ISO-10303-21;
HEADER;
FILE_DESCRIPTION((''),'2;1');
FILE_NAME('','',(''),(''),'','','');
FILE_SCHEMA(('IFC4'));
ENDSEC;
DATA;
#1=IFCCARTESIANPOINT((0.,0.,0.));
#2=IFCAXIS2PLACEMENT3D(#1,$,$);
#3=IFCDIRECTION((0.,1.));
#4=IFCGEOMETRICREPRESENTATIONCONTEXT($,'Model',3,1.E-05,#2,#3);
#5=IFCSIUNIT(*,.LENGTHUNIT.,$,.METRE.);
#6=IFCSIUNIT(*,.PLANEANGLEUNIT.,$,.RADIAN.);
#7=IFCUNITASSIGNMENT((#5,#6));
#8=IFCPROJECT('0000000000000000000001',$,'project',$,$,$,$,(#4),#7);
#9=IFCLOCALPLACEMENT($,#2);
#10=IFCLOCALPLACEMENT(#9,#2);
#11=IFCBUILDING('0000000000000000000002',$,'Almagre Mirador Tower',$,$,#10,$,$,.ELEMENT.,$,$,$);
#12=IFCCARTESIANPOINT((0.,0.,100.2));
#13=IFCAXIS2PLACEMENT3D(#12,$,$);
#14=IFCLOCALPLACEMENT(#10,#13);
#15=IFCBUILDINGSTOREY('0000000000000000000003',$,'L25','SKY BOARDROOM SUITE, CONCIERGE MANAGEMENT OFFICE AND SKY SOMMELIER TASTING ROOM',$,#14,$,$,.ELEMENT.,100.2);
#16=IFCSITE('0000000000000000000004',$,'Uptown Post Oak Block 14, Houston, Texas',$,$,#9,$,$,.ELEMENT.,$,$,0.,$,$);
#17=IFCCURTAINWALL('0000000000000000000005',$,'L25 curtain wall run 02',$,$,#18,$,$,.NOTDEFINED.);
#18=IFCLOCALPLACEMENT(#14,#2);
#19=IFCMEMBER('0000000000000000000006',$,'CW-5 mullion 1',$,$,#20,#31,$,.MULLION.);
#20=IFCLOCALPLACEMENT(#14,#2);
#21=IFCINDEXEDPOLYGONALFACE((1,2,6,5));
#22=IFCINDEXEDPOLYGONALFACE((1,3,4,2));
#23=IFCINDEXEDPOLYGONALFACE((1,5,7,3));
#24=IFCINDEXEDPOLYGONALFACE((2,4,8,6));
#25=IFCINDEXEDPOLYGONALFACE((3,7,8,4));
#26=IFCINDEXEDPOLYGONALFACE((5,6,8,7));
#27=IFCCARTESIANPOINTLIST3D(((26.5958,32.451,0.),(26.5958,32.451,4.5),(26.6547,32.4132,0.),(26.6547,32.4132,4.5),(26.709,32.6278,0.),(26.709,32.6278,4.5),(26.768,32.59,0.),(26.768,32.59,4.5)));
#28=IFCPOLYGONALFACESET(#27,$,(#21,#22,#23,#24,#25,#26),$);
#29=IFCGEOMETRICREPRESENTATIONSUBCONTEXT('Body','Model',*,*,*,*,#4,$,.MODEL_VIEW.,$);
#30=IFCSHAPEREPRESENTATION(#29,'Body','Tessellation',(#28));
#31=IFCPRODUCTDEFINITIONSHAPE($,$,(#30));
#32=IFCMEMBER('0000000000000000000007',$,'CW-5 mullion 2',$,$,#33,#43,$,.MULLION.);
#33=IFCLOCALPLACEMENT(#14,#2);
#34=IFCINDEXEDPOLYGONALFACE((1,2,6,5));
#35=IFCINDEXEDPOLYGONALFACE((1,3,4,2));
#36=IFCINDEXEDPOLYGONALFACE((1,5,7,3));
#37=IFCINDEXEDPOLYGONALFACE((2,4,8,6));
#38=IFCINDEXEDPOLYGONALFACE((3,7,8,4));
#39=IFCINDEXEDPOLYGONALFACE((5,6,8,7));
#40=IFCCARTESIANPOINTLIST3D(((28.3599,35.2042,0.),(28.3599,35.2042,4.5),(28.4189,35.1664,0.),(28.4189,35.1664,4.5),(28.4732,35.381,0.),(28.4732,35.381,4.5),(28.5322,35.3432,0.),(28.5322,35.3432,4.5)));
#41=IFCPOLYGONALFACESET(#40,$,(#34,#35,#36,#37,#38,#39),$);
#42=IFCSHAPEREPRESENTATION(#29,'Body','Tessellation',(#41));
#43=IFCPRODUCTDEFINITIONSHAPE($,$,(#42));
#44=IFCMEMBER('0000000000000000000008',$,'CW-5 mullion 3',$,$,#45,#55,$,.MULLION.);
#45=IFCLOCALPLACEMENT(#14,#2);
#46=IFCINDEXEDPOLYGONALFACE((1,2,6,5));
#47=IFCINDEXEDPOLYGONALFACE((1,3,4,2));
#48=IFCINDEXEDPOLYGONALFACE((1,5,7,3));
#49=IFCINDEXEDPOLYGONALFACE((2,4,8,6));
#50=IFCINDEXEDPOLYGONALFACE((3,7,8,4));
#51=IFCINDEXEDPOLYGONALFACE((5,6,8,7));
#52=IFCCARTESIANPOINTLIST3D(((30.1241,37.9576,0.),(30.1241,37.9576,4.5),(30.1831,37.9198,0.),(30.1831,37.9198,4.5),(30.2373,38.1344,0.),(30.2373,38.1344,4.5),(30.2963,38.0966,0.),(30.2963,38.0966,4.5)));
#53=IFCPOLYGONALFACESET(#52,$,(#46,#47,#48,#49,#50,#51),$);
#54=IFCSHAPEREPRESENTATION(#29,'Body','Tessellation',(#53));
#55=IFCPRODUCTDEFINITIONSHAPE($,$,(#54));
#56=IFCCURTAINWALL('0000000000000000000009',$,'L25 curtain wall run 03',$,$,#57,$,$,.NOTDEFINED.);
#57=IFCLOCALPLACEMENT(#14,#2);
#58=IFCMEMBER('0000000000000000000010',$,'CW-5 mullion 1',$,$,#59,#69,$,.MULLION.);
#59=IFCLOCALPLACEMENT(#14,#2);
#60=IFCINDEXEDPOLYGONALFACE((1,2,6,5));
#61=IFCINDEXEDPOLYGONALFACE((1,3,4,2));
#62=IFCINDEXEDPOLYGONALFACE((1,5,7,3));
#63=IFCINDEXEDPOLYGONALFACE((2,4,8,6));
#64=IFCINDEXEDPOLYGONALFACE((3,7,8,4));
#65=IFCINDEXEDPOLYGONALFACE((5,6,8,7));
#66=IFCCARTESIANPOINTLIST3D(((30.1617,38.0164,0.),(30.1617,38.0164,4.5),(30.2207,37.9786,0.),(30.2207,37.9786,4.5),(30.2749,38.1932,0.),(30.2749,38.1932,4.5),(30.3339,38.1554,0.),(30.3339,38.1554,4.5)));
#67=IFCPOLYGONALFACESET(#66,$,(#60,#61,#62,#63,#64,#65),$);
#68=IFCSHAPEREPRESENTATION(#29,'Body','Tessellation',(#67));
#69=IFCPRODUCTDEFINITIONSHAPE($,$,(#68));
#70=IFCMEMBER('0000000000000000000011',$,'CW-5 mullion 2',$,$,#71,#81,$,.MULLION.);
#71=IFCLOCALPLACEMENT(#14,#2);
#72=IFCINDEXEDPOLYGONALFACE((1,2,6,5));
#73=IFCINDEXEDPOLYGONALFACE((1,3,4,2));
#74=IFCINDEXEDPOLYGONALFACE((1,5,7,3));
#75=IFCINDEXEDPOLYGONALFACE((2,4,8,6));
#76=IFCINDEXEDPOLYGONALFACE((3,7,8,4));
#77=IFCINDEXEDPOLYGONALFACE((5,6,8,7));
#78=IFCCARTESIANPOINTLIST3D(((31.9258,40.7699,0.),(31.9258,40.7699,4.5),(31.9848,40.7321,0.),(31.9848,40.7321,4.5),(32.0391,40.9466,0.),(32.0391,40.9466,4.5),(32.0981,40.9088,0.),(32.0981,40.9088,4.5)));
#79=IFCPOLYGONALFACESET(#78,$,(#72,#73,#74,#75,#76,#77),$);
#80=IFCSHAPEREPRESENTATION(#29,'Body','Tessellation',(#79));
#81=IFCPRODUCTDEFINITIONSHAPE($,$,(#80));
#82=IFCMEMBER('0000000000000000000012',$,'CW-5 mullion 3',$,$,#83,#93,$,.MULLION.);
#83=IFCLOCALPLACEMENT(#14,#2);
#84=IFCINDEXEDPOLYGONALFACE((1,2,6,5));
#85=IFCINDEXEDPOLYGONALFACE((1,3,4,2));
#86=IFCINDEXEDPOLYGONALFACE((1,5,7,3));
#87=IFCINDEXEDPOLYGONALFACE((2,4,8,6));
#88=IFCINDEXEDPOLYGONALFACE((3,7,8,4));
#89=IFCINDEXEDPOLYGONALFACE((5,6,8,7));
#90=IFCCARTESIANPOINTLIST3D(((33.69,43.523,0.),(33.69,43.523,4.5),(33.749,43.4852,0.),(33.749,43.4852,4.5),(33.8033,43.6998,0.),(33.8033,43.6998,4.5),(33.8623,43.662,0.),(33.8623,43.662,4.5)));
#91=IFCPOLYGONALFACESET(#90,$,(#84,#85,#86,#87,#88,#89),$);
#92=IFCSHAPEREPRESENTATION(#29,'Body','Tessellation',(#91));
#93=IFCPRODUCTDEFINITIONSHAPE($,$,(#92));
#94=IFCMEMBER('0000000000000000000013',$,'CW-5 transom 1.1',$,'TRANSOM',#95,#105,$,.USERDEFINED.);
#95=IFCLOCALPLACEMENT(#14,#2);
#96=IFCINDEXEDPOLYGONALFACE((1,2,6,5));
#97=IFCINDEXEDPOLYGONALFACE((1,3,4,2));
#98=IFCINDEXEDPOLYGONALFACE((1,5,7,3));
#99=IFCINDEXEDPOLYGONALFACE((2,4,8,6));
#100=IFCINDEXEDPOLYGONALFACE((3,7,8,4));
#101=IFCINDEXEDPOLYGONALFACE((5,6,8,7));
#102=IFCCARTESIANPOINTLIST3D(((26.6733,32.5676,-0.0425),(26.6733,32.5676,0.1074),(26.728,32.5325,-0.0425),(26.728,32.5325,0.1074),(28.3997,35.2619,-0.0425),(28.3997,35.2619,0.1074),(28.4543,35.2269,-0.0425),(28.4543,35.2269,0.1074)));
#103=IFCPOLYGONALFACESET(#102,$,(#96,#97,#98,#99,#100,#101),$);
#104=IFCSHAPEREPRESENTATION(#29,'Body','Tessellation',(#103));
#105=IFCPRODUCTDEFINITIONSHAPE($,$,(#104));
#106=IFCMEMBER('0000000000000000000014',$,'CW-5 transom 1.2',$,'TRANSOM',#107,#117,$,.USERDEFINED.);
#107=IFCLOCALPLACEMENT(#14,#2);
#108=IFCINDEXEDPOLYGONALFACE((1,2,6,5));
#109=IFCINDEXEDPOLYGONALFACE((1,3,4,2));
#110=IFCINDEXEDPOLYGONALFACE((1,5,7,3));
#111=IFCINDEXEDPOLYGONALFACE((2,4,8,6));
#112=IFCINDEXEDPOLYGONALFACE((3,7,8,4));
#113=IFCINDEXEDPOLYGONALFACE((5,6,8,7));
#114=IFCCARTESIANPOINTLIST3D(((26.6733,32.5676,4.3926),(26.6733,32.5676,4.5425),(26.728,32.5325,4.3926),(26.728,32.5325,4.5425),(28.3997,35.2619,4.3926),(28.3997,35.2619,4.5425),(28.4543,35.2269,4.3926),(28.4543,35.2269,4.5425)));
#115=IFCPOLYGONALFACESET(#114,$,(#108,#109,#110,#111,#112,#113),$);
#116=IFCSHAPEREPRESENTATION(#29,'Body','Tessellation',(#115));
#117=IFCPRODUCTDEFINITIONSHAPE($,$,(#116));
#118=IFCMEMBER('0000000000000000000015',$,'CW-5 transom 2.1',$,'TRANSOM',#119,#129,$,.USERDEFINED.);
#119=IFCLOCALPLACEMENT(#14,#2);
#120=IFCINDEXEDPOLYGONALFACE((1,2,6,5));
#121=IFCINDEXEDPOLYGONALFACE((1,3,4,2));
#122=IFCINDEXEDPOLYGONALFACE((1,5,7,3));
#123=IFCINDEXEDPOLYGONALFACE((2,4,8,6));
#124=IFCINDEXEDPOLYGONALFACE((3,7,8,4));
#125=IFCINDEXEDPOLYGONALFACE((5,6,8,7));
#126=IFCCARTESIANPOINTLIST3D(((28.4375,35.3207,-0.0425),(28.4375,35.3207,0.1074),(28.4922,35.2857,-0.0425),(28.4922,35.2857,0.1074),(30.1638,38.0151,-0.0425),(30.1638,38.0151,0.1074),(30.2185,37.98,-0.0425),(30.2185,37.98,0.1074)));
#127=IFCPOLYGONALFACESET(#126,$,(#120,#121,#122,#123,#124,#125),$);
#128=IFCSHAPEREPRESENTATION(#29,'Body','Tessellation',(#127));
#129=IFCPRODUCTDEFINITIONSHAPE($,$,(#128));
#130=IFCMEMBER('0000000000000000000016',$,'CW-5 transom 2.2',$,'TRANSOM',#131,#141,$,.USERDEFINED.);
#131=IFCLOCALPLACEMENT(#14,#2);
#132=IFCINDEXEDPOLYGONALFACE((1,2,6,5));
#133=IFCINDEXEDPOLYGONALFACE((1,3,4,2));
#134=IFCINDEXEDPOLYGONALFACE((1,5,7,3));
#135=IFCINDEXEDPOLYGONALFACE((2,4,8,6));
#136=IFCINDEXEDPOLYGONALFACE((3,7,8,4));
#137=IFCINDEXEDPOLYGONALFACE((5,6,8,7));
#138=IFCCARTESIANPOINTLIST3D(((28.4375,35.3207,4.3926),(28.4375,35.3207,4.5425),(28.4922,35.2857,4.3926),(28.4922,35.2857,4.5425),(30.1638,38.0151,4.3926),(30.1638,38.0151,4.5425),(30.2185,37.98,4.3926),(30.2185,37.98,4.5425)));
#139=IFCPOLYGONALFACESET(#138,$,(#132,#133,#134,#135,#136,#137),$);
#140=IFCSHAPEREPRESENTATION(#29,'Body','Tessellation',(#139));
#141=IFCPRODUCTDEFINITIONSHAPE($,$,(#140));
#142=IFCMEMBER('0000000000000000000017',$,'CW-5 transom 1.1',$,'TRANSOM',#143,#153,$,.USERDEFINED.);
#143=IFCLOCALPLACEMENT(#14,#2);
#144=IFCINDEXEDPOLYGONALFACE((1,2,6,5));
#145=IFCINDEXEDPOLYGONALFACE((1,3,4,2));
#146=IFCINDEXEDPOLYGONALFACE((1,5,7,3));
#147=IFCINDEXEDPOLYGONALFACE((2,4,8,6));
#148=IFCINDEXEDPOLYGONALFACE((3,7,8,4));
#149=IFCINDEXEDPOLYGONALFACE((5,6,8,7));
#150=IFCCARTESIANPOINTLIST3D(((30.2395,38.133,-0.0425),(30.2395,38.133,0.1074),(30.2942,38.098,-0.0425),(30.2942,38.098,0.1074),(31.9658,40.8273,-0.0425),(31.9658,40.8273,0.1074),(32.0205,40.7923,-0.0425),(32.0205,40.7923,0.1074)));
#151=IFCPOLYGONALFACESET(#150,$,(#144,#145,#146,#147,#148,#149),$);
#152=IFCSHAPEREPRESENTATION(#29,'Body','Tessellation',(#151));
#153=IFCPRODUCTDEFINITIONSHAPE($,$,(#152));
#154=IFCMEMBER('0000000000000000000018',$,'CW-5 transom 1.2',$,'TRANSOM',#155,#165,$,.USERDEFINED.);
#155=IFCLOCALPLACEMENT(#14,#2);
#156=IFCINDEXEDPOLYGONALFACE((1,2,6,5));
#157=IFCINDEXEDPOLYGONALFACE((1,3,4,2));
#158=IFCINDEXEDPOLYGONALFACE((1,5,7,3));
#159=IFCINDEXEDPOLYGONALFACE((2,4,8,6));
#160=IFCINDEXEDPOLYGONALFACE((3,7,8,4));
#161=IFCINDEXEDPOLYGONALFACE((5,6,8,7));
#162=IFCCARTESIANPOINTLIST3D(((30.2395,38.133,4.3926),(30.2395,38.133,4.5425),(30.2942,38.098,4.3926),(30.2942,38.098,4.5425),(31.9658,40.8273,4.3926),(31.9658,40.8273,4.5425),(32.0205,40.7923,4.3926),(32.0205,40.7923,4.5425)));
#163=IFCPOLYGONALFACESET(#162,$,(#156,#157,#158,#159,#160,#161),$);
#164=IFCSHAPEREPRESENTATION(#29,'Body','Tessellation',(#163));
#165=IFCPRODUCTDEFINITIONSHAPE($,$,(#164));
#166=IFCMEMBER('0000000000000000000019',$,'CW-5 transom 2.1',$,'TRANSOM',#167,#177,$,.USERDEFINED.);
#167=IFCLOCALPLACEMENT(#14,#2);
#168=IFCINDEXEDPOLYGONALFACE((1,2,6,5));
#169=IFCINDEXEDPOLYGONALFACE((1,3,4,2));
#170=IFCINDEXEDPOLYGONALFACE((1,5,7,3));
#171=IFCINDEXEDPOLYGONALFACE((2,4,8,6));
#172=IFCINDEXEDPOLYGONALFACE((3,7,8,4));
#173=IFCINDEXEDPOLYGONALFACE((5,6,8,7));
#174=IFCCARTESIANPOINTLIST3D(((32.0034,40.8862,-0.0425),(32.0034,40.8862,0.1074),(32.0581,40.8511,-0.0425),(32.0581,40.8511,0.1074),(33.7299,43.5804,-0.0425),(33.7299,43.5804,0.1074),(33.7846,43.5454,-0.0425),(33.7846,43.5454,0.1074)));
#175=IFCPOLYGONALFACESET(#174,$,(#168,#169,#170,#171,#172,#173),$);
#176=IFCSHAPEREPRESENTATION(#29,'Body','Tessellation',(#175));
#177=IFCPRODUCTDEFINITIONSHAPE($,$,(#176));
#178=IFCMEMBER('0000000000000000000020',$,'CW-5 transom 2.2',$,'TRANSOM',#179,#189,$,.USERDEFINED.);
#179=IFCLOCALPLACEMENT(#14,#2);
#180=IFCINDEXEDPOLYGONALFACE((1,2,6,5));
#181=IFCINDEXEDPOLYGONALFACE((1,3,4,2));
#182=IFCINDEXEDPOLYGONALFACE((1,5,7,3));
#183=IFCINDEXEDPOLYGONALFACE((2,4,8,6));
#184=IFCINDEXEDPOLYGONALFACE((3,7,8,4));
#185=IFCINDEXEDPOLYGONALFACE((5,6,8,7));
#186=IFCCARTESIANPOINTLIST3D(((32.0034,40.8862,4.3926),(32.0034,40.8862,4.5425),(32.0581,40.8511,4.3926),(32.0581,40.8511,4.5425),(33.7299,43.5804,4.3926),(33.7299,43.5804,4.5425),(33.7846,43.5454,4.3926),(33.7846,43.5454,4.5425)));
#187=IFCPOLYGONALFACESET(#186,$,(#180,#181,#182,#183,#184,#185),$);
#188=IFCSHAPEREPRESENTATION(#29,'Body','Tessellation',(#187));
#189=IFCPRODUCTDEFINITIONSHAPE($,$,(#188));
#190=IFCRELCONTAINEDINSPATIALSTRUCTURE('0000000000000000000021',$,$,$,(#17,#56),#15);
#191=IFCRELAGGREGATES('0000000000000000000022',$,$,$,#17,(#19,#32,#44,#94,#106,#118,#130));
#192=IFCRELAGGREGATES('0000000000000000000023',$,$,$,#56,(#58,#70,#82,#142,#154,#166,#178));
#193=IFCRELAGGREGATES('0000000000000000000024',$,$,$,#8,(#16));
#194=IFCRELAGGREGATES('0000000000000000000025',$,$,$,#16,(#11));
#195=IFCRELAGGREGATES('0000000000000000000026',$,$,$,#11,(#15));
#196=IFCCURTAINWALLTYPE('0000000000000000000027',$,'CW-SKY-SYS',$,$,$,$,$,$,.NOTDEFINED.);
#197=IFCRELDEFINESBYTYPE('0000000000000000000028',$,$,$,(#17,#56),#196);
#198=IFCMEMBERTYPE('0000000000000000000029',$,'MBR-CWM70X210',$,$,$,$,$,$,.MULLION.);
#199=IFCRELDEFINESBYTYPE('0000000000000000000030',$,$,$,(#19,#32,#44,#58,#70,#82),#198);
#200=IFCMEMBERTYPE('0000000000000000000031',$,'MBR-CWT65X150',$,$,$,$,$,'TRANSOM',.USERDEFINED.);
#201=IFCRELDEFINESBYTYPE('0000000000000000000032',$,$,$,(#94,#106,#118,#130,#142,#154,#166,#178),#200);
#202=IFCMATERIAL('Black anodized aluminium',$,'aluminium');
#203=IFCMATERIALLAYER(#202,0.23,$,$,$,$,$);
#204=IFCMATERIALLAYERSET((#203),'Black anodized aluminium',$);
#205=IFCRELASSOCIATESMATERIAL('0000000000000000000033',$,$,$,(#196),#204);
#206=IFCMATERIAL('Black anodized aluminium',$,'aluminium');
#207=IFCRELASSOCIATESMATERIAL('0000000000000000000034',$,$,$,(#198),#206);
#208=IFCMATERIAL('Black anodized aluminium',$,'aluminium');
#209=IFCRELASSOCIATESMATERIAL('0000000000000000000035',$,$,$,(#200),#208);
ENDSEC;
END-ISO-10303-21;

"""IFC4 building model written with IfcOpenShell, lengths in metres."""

from ifc_helpers import new_model, si_unit, direction, frame, origin, origin_2d, place, context, subcontext, project, spatial, rectangle, extrude, material, layer, layer_set, material_profile, profile_set, type_object, element, aggregate, save


model = new_model("IFC4")

# Units and contexts
model_context = context("Model", 3, precision=1e-05, world=origin(), true_north=direction((0.0, 1.0)))
body_context = subcontext(model_context, "Body", "Model", "MODEL_VIEW")
ifc_project = project(units=[si_unit("LENGTHUNIT", "METRE"), si_unit("PLANEANGLEUNIT", "RADIAN")], contexts=[model_context])

# Site, building, storey
site_placement = place(None, origin())
site = spatial("IfcSite", under=ifc_project, at=site_placement, Name="Uptown Post Oak Block 14, Houston, Texas", CompositionType="ELEMENT", RefElevation=0.0)
building_placement = place(site_placement, origin())
building = spatial("IfcBuilding", under=site, at=building_placement, Name="Almagre Mirador Tower", CompositionType="ELEMENT")
storey_placement = place(building_placement, frame((0.0, 0.0, 100.2)))
storey = spatial("IfcBuildingStorey", under=building, at=storey_placement, Name="L25", Description="SKY BOARDROOM SUITE, CONCIERGE MANAGEMENT OFFICE AND SKY SOMMELIER TASTING ROOM", CompositionType="ELEMENT", Elevation=100.2)

# Curtain walls, members
ifc_material_1 = material(Name="Black anodized aluminium", Category="aluminium")
ifc_layer_1 = layer(ifc_material_1, 0.23)
ifc_layer_set_1 = layer_set([ifc_layer_1], Name="Black anodized aluminium")
curtain_wall_type_1 = type_object("IfcCurtainWallType", Name="CW-SKY-SYS", PredefinedType="NOTDEFINED", material=ifc_layer_set_1)
curtain_wall_1_placement = place(storey_placement, origin())
curtain_wall_1 = element("IfcCurtainWall", 1, at=curtain_wall_1_placement, inside=storey, type_object=curtain_wall_type_1, Name="L25 curtain wall run 02", PredefinedType="NOTDEFINED")
ifc_material_2 = material(Name="Black anodized aluminium", Category="aluminium")
ifc_material_profile_1 = material_profile(ifc_material_2, rectangle(XDim=0.0701, YDim=0.21, at=origin_2d()), Name="CWM70X210")
ifc_profile_set_1 = profile_set([ifc_material_profile_1], Name="Black anodized aluminium")
member_type_1 = type_object("IfcMemberType", Name="MBR-CWM70X210", PredefinedType="MULLION", material=ifc_profile_set_1)
member_1_placement = place(storey_placement, frame((26.6819, 32.5205, 0.0), z_axis=(0.0, 0.0, 1.0), x_axis=(-0.841991, 0.539492, 0.0)))
member_1 = element("IfcMember", 2, at=member_1_placement, type_object=member_type_1, Name="CW-5 mullion 1", PredefinedType="MULLION", context=body_context, shape_type="SweptSolid", body=[
    extrude(rectangle(XDim=0.0701, YDim=0.21, at=origin_2d()), origin(), (0.0, 0.0, 1.0), 4.5),
])
member_2_placement = place(storey_placement, frame((28.446, 35.2737, 0.0), z_axis=(0.0, 0.0, 1.0), x_axis=(-0.841991, 0.539492, 0.0)))
member_2 = element("IfcMember", 3, at=member_2_placement, type_object=member_type_1, Name="CW-5 mullion 2", PredefinedType="MULLION", context=body_context, shape_type="SweptSolid", body=[
    extrude(rectangle(XDim=0.0701, YDim=0.21, at=origin_2d()), origin(), (0.0, 0.0, 1.0), 4.5),
])
member_3_placement = place(storey_placement, frame((30.2102, 38.0271, 0.0), z_axis=(0.0, 0.0, 1.0), x_axis=(-0.841991, 0.539492, 0.0)))
member_3 = element("IfcMember", 4, at=member_3_placement, type_object=member_type_1, Name="CW-5 mullion 3", PredefinedType="MULLION", context=body_context, shape_type="SweptSolid", body=[
    extrude(rectangle(XDim=0.0701, YDim=0.21, at=origin_2d()), origin(), (0.0, 0.0, 1.0), 4.5),
])
curtain_wall_2_placement = place(storey_placement, origin())
curtain_wall_2 = element("IfcCurtainWall", 5, at=curtain_wall_2_placement, inside=storey, type_object=curtain_wall_type_1, Name="L25 curtain wall run 03", PredefinedType="NOTDEFINED")
member_4_placement = place(storey_placement, frame((30.2478, 38.0859, 0.0), z_axis=(0.0, 0.0, 1.0), x_axis=(-0.841991, 0.539492, 0.0)))
member_4 = element("IfcMember", 6, at=member_4_placement, type_object=member_type_1, Name="CW-5 mullion 1", PredefinedType="MULLION", context=body_context, shape_type="SweptSolid", body=[
    extrude(rectangle(XDim=0.0701, YDim=0.21, at=origin_2d()), origin(), (0.0, 0.0, 1.0), 4.5),
])
member_5_placement = place(storey_placement, frame((32.012, 40.8394, 0.0), z_axis=(0.0, 0.0, 1.0), x_axis=(-0.841991, 0.539492, 0.0)))
member_5 = element("IfcMember", 7, at=member_5_placement, type_object=member_type_1, Name="CW-5 mullion 2", PredefinedType="MULLION", context=body_context, shape_type="SweptSolid", body=[
    extrude(rectangle(XDim=0.0701, YDim=0.21, at=origin_2d()), origin(), (0.0, 0.0, 1.0), 4.5),
])
member_6_placement = place(storey_placement, frame((33.7761, 43.5925, 0.0), z_axis=(0.0, 0.0, 1.0), x_axis=(-0.841991, 0.539492, 0.0)))
member_6 = element("IfcMember", 8, at=member_6_placement, type_object=member_type_1, Name="CW-5 mullion 3", PredefinedType="MULLION", context=body_context, shape_type="SweptSolid", body=[
    extrude(rectangle(XDim=0.0701, YDim=0.21, at=origin_2d()), origin(), (0.0, 0.0, 1.0), 4.5),
])

# Members
ifc_material_3 = material(Name="Black anodized aluminium", Category="aluminium")
ifc_material_profile_2 = material_profile(ifc_material_3, rectangle(XDim=0.0649, YDim=0.1499, at=origin_2d()), Name="CWT65X150")
ifc_profile_set_2 = profile_set([ifc_material_profile_2], Name="Black anodized aluminium")
member_type_2 = type_object("IfcMemberType", Name="MBR-CWT65X150", ElementType="TRANSOM", PredefinedType="USERDEFINED", material=ifc_profile_set_2)
member_7_placement = place(storey_placement, frame((26.7007, 32.55, 0.0325), z_axis=(0.539484, 0.841996, 0.0), x_axis=(-0.841996, 0.539484, 0.0)))
member_7 = element("IfcMember", 9, at=member_7_placement, type_object=member_type_2, Name="CW-5 transom 1.1", ObjectType="TRANSOM", PredefinedType="USERDEFINED", context=body_context, shape_type="SweptSolid", body=[
    extrude(rectangle(XDim=0.0649, YDim=0.1499, at=origin_2d()), origin(), (0.0, 0.0, 1.0), 3.2),
])
member_8_placement = place(storey_placement, frame((26.7007, 32.55, 4.4675), z_axis=(0.539484, 0.841996, 0.0), x_axis=(-0.841996, 0.539484, 0.0)))
member_8 = element("IfcMember", 10, at=member_8_placement, type_object=member_type_2, Name="CW-5 transom 1.2", ObjectType="TRANSOM", PredefinedType="USERDEFINED", context=body_context, shape_type="SweptSolid", body=[
    extrude(rectangle(XDim=0.0649, YDim=0.1499, at=origin_2d()), origin(), (0.0, 0.0, 1.0), 3.2),
])
member_9_placement = place(storey_placement, frame((28.4648, 35.3032, 0.0325), z_axis=(0.539484, 0.841996, 0.0), x_axis=(-0.841996, 0.539484, 0.0)))
member_9 = element("IfcMember", 11, at=member_9_placement, type_object=member_type_2, Name="CW-5 transom 2.1", ObjectType="TRANSOM", PredefinedType="USERDEFINED", context=body_context, shape_type="SweptSolid", body=[
    extrude(rectangle(XDim=0.0649, YDim=0.1499, at=origin_2d()), origin(), (0.0, 0.0, 1.0), 3.2),
])
member_10_placement = place(storey_placement, frame((28.4648, 35.3032, 4.4675), z_axis=(0.539484, 0.841996, 0.0), x_axis=(-0.841996, 0.539484, 0.0)))
member_10 = element("IfcMember", 12, at=member_10_placement, type_object=member_type_2, Name="CW-5 transom 2.2", ObjectType="TRANSOM", PredefinedType="USERDEFINED", context=body_context, shape_type="SweptSolid", body=[
    extrude(rectangle(XDim=0.0649, YDim=0.1499, at=origin_2d()), origin(), (0.0, 0.0, 1.0), 3.2),
])
member_11_placement = place(storey_placement, frame((30.2668, 38.1155, 0.0325), z_axis=(0.539484, 0.841996, 0.0), x_axis=(-0.841996, 0.539484, 0.0)))
member_11 = element("IfcMember", 13, at=member_11_placement, type_object=member_type_2, Name="CW-5 transom 1.1", ObjectType="TRANSOM", PredefinedType="USERDEFINED", context=body_context, shape_type="SweptSolid", body=[
    extrude(rectangle(XDim=0.0649, YDim=0.1499, at=origin_2d()), origin(), (0.0, 0.0, 1.0), 3.2),
])
member_12_placement = place(storey_placement, frame((30.2668, 38.1155, 4.4675), z_axis=(0.539484, 0.841996, 0.0), x_axis=(-0.841996, 0.539484, 0.0)))
member_12 = element("IfcMember", 14, at=member_12_placement, type_object=member_type_2, Name="CW-5 transom 1.2", ObjectType="TRANSOM", PredefinedType="USERDEFINED", context=body_context, shape_type="SweptSolid", body=[
    extrude(rectangle(XDim=0.0649, YDim=0.1499, at=origin_2d()), origin(), (0.0, 0.0, 1.0), 3.2),
])
member_13_placement = place(storey_placement, frame((32.0308, 40.8687, 0.0325), z_axis=(0.539539, 0.841961, 0.0), x_axis=(-0.841961, 0.539539, 0.0)))
member_13 = element("IfcMember", 15, at=member_13_placement, type_object=member_type_2, Name="CW-5 transom 2.1", ObjectType="TRANSOM", PredefinedType="USERDEFINED", context=body_context, shape_type="SweptSolid", body=[
    extrude(rectangle(XDim=0.0649, YDim=0.1499, at=origin_2d()), origin(), (0.0, 0.0, 1.0), 3.2),
])
member_14_placement = place(storey_placement, frame((32.0308, 40.8687, 4.4675), z_axis=(0.539539, 0.841961, 0.0), x_axis=(-0.841961, 0.539539, 0.0)))
member_14 = element("IfcMember", 16, at=member_14_placement, type_object=member_type_2, Name="CW-5 transom 2.2", ObjectType="TRANSOM", PredefinedType="USERDEFINED", context=body_context, shape_type="SweptSolid", body=[
    extrude(rectangle(XDim=0.0649, YDim=0.1499, at=origin_2d()), origin(), (0.0, 0.0, 1.0), 3.2),
])

aggregate(curtain_wall_1, [member_1, member_2, member_3, member_7, member_8, member_9, member_10])
aggregate(curtain_wall_2, [member_4, member_5, member_6, member_11, member_12, member_13, member_14])

save(model, "model.ifc")
